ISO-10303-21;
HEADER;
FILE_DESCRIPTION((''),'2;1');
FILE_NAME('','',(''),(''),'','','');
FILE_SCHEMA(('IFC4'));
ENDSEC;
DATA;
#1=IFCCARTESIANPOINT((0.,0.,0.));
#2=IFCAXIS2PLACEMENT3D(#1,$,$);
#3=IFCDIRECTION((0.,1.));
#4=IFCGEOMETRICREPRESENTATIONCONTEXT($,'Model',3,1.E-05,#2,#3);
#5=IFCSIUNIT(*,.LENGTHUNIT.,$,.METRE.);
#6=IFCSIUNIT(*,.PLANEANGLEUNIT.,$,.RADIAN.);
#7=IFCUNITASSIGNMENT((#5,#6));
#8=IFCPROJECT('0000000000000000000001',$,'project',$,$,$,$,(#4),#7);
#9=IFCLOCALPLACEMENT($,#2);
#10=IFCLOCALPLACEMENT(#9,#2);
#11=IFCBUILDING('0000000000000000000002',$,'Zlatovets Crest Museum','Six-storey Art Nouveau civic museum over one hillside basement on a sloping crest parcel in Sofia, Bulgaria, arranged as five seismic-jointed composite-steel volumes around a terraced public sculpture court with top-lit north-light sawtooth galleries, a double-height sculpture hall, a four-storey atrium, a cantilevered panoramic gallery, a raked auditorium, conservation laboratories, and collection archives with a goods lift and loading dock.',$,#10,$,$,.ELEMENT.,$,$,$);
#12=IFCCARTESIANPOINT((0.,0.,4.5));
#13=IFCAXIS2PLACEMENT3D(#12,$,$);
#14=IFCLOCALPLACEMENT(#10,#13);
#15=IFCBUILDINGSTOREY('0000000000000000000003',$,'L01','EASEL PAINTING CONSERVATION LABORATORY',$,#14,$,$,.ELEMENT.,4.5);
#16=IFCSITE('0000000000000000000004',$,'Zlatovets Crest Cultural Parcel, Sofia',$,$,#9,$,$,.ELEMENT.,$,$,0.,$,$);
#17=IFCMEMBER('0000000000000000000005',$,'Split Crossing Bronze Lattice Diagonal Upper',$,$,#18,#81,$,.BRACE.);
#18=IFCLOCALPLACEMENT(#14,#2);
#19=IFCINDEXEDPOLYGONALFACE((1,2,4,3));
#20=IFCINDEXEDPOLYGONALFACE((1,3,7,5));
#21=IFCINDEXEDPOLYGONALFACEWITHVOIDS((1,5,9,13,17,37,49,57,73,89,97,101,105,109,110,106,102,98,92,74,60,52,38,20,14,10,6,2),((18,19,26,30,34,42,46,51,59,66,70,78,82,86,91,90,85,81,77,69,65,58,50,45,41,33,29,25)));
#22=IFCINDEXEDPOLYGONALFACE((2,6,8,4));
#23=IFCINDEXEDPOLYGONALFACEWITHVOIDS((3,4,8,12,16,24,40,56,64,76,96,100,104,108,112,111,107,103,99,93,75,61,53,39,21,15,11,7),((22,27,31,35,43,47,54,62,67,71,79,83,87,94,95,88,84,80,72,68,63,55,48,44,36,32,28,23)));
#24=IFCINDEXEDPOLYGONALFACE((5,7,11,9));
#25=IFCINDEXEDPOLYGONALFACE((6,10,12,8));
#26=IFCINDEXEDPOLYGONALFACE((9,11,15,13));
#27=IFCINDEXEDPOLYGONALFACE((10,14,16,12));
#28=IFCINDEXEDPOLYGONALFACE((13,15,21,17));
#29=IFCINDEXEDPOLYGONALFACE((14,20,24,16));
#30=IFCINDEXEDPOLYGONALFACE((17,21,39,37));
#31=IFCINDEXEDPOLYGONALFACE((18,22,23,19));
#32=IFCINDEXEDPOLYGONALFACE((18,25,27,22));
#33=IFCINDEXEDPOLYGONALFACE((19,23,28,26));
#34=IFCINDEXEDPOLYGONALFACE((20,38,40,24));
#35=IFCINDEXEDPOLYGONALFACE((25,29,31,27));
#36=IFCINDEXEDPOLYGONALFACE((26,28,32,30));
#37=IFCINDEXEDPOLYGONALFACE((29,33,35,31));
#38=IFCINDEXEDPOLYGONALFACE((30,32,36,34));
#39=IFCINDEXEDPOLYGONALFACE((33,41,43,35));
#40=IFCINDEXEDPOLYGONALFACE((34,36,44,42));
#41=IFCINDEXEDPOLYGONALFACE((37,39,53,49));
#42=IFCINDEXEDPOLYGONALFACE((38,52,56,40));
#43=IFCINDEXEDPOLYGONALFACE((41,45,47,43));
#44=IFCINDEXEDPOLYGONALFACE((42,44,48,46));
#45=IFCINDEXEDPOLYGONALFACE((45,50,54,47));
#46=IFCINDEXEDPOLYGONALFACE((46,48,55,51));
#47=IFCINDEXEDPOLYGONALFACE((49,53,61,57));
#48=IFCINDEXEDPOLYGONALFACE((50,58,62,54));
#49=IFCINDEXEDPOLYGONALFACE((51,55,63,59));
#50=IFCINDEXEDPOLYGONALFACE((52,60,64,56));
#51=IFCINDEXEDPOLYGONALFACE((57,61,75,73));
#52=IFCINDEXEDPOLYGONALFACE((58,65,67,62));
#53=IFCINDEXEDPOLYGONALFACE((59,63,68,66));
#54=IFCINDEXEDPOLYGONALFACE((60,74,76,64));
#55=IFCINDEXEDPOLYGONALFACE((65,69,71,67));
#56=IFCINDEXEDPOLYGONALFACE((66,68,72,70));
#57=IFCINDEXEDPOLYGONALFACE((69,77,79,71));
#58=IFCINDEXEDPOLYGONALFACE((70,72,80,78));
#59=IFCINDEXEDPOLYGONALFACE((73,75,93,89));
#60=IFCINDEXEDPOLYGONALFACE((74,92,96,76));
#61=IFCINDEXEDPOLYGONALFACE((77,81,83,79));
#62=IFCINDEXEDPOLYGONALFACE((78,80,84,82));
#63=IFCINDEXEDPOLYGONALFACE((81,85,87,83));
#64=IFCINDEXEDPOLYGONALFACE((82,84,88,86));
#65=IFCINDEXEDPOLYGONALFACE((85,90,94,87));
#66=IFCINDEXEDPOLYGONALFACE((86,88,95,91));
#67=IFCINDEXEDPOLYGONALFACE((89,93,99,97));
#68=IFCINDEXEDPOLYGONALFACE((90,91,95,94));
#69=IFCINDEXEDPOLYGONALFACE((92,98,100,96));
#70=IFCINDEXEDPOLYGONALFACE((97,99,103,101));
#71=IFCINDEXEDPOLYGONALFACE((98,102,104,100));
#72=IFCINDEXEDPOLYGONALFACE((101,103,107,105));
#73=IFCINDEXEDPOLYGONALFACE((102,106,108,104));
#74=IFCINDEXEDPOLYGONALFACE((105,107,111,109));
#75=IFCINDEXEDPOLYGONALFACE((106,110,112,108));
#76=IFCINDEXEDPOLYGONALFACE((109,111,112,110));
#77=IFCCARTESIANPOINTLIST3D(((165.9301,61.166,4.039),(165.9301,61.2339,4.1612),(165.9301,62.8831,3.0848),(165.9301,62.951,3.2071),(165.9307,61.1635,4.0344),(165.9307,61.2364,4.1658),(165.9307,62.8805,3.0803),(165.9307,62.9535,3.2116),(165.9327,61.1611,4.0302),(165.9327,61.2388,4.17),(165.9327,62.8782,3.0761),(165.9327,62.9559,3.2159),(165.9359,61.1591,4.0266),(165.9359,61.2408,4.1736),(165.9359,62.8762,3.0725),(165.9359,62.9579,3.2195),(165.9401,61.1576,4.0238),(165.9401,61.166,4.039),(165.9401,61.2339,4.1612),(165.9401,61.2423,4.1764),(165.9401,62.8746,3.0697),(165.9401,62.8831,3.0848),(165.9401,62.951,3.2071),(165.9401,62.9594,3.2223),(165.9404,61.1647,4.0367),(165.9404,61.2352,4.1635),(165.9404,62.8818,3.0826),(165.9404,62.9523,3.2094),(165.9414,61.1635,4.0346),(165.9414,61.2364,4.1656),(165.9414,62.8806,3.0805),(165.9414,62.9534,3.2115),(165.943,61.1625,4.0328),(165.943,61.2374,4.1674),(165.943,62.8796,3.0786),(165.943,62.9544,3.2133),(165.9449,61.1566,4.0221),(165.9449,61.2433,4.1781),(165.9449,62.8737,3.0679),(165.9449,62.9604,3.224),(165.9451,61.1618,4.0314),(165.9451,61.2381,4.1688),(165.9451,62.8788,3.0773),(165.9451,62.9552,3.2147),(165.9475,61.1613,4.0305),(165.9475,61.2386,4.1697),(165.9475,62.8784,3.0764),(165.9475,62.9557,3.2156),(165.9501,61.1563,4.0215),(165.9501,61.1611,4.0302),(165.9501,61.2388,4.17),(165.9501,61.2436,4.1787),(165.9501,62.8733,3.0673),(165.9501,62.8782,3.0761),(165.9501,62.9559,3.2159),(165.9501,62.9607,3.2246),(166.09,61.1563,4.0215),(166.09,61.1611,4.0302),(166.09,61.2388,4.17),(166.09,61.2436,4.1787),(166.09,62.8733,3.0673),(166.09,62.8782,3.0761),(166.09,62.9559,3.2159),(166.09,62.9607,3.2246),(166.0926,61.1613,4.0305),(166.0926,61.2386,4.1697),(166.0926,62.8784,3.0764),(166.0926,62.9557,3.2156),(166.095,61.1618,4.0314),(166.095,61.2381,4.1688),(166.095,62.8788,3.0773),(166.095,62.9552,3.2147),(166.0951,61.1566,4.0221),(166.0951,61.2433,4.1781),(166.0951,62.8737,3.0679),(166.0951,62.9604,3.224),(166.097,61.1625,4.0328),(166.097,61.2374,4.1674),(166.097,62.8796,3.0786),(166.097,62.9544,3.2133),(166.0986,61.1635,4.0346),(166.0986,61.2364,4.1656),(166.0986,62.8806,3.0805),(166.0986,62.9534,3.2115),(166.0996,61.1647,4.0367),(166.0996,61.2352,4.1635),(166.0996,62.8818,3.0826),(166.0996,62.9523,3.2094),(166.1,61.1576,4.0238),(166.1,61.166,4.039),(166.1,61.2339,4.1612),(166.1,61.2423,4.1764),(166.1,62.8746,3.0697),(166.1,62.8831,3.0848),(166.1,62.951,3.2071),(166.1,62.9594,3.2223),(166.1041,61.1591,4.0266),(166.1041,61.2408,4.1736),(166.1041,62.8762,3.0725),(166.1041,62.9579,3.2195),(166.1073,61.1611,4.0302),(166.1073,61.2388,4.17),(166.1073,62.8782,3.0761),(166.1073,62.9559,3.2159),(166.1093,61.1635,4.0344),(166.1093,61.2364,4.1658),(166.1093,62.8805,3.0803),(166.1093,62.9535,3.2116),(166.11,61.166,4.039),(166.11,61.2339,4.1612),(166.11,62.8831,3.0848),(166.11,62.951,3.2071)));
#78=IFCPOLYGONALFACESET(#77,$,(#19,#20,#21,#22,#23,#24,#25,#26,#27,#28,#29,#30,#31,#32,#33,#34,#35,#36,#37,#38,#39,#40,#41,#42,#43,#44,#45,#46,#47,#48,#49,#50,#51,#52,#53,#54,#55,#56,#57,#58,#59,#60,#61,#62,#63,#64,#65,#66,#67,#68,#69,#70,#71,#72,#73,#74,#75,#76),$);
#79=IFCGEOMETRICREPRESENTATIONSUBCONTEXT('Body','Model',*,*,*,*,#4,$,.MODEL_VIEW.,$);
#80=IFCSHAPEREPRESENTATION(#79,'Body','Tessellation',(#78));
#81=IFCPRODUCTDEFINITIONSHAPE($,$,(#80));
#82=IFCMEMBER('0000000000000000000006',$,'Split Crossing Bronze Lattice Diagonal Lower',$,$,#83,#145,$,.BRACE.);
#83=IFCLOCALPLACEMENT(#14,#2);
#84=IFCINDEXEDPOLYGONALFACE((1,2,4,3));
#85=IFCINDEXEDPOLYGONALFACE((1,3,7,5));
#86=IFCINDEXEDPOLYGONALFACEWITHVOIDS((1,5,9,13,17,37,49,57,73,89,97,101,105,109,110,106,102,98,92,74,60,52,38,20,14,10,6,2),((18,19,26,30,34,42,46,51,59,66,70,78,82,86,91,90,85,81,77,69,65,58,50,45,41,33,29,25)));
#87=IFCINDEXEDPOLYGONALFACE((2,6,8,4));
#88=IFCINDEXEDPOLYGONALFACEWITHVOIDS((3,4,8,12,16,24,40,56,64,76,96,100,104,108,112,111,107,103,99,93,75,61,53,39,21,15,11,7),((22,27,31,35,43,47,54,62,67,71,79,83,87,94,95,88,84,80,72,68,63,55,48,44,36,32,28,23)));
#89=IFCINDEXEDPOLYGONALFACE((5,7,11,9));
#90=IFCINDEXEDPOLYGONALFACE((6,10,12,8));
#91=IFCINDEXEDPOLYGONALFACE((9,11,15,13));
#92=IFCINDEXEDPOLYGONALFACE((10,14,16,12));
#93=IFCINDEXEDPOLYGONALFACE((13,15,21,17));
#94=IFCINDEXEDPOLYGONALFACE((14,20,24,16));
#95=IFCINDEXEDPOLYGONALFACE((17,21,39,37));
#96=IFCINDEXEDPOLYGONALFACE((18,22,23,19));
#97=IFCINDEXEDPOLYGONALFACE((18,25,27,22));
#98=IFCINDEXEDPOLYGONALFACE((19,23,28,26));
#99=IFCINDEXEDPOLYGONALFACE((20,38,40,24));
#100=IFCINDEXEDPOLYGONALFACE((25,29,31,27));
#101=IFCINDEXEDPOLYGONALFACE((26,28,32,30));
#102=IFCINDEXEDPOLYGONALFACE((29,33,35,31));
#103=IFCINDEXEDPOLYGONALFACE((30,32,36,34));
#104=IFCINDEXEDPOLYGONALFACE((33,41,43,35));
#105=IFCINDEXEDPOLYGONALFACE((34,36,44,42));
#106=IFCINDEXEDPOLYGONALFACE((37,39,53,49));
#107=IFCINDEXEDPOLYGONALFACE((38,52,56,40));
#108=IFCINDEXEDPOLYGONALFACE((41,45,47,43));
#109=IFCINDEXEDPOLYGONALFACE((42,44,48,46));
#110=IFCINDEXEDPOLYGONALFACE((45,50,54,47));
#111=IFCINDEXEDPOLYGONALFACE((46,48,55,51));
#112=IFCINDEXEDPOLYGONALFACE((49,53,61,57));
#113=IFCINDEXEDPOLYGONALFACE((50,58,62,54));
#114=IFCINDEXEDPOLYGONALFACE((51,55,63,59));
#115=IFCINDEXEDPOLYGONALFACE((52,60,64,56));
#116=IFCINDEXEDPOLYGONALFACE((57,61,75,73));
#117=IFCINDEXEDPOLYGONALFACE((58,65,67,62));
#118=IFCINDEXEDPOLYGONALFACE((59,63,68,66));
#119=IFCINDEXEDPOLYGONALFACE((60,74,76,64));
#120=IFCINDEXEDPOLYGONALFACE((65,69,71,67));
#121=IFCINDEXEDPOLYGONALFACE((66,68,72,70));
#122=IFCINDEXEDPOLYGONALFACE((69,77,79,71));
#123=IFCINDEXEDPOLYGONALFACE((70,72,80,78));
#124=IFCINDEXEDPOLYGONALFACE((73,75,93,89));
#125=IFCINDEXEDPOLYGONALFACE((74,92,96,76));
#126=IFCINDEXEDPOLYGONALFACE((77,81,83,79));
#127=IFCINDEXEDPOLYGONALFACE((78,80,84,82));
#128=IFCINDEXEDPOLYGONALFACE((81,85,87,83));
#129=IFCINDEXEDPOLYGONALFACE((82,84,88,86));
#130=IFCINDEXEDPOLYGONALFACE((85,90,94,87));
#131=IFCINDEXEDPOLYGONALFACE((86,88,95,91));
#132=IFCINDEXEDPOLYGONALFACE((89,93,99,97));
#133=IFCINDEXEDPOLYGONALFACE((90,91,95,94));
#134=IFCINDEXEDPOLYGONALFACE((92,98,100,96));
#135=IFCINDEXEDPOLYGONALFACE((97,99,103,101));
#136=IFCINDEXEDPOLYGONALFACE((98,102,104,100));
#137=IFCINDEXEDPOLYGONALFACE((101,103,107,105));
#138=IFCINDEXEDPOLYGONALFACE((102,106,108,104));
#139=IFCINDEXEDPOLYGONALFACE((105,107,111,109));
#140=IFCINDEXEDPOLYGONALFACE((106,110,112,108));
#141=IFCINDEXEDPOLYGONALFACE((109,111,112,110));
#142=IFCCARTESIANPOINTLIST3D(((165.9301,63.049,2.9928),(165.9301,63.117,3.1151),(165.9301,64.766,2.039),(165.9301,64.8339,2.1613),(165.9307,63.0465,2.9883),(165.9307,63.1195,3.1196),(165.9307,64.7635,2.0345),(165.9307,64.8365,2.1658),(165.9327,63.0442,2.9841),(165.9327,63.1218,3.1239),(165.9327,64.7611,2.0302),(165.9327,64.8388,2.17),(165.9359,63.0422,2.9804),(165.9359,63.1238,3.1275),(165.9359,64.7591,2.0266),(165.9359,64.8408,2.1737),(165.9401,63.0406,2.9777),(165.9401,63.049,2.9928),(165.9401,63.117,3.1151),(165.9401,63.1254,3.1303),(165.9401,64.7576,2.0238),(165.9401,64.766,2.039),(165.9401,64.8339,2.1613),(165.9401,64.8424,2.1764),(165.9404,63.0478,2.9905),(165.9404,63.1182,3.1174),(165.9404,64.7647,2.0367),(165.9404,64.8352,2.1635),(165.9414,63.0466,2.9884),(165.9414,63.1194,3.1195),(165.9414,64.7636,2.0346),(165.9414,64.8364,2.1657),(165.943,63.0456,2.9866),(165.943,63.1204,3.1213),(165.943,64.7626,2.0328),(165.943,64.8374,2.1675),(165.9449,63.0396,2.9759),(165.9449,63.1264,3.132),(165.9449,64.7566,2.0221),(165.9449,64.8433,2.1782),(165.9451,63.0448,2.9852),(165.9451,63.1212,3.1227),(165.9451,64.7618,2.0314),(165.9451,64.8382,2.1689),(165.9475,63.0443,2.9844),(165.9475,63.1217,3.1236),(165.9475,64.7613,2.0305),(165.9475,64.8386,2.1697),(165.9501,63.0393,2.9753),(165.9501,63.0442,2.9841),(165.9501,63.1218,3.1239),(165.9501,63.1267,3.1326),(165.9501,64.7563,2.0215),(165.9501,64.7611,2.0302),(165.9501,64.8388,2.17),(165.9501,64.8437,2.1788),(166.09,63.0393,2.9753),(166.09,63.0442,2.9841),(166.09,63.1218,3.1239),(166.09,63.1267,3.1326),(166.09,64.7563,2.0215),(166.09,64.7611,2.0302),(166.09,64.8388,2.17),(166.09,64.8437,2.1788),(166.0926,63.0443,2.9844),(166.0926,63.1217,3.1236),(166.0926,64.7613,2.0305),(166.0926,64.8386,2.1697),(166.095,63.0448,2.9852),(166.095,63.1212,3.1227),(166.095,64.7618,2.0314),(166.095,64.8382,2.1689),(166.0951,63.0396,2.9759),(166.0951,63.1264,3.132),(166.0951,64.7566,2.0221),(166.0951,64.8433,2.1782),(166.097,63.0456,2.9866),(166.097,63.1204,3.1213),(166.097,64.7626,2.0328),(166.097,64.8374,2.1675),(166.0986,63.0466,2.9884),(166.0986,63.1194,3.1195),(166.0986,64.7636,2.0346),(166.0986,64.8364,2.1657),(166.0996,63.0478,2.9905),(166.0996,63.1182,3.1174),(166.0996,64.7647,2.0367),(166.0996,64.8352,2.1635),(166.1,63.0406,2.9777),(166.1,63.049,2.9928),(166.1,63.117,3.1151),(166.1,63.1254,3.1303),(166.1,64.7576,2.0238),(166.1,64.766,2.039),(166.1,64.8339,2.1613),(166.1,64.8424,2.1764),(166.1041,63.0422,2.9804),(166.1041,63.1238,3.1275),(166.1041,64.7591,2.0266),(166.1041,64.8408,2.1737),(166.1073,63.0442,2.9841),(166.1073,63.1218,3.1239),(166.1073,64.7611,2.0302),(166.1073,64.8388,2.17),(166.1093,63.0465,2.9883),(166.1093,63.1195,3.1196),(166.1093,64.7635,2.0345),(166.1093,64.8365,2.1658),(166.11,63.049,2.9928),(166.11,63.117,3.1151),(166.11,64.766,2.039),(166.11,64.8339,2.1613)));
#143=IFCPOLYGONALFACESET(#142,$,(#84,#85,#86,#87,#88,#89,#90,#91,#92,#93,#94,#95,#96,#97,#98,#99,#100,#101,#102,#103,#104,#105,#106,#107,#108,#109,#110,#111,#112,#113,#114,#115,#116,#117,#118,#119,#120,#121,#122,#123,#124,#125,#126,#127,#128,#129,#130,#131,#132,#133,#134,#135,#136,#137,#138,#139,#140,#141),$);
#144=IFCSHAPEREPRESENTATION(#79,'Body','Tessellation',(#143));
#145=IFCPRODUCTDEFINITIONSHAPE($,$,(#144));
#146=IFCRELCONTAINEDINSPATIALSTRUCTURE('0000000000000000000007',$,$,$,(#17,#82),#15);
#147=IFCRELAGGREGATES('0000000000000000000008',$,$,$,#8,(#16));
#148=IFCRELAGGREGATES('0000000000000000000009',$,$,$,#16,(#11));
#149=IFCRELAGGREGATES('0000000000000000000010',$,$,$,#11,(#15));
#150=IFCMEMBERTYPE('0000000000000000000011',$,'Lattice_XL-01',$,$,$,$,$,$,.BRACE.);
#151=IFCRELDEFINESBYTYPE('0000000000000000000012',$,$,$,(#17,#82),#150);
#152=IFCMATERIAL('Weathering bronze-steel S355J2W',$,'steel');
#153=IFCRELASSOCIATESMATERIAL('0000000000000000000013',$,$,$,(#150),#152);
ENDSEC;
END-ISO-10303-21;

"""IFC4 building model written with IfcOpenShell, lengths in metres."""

from ifc_helpers import new_model, si_unit, direction, frame, origin, origin_2d, place, context, subcontext, project, spatial, hollow_rectangle, extrude, material, material_profile, profile_set, type_object, element, save


model = new_model("IFC4")

# Units and contexts
model_context = context("Model", 3, precision=1e-05, world=origin(), true_north=direction((0.0, 1.0)))
body_context = subcontext(model_context, "Body", "Model", "MODEL_VIEW")
ifc_project = project(units=[si_unit("LENGTHUNIT", "METRE"), si_unit("PLANEANGLEUNIT", "RADIAN")], contexts=[model_context])

# Site, building, storey
site_placement = place(None, origin())
site = spatial("IfcSite", under=ifc_project, at=site_placement, Name="Zlatovets Crest Cultural Parcel, Sofia", CompositionType="ELEMENT", RefElevation=0.0)
building_placement = place(site_placement, origin())
building = spatial("IfcBuilding", under=site, at=building_placement, Name="Zlatovets Crest Museum", Description="Six-storey Art Nouveau civic museum over one hillside basement on a sloping crest parcel in Sofia, Bulgaria, arranged as five seismic-jointed composite-steel volumes around a terraced public sculpture court with top-lit north-light sawtooth galleries, a double-height sculpture hall, a four-storey atrium, a cantilevered panoramic gallery, a raked auditorium, conservation laboratories, and collection archives with a goods lift and loading dock.", CompositionType="ELEMENT")
storey_placement = place(building_placement, frame((0.0, 0.0, 4.5)))
storey = spatial("IfcBuildingStorey", under=building, at=storey_placement, Name="L01", Description="EASEL PAINTING CONSERVATION LABORATORY", CompositionType="ELEMENT", Elevation=4.5)

# Members
ifc_material_1 = material(Name="Weathering bronze-steel S355J2W", Category="steel")
ifc_material_profile_1 = material_profile(ifc_material_1, hollow_rectangle(XDim=0.1799, YDim=0.1799, WallThickness=0.01, InnerFilletRadius=0.01, OuterFilletRadius=0.02, at=origin_2d()), Name="SHS 180x180x10.0")
ifc_profile_set_1 = profile_set([ifc_material_profile_1], Name="Weathering bronze-steel S355J2W")
member_type_1 = type_object("IfcMemberType", Name="Lattice_XL-01", PredefinedType="BRACE", material=ifc_profile_set_1)
member_1_placement = place(storey_placement, frame((166.02, 61.2, 4.1001), z_axis=(0.0, 0.874116, -0.485717), x_axis=(-1.0, 0.0, 0.0)))
element("IfcMember", 1, at=member_1_placement, inside=storey, type_object=member_type_1, Name="Split Crossing Bronze Lattice Diagonal Upper", PredefinedType="BRACE", context=body_context, shape_type="SweptSolid", body=[
    extrude(hollow_rectangle(XDim=0.1799, YDim=0.1799, WallThickness=0.01, InnerFilletRadius=0.01, OuterFilletRadius=0.02, at=origin_2d()), origin(), (0.0, 0.0, 1.0), 1.9644),
])
member_2_placement = place(storey_placement, frame((166.02, 63.083, 3.054), z_axis=(0.0, 0.874169, -0.485622), x_axis=(-1.0, 0.0, 0.0)))
element("IfcMember", 2, at=member_2_placement, inside=storey, type_object=member_type_1, Name="Split Crossing Bronze Lattice Diagonal Lower", PredefinedType="BRACE", context=body_context, shape_type="SweptSolid", body=[
    extrude(hollow_rectangle(XDim=0.1799, YDim=0.1799, WallThickness=0.01, InnerFilletRadius=0.01, OuterFilletRadius=0.02, at=origin_2d()), origin(), (0.0, 0.0, 1.0), 1.9641),
])

save(model, "model.ifc")
